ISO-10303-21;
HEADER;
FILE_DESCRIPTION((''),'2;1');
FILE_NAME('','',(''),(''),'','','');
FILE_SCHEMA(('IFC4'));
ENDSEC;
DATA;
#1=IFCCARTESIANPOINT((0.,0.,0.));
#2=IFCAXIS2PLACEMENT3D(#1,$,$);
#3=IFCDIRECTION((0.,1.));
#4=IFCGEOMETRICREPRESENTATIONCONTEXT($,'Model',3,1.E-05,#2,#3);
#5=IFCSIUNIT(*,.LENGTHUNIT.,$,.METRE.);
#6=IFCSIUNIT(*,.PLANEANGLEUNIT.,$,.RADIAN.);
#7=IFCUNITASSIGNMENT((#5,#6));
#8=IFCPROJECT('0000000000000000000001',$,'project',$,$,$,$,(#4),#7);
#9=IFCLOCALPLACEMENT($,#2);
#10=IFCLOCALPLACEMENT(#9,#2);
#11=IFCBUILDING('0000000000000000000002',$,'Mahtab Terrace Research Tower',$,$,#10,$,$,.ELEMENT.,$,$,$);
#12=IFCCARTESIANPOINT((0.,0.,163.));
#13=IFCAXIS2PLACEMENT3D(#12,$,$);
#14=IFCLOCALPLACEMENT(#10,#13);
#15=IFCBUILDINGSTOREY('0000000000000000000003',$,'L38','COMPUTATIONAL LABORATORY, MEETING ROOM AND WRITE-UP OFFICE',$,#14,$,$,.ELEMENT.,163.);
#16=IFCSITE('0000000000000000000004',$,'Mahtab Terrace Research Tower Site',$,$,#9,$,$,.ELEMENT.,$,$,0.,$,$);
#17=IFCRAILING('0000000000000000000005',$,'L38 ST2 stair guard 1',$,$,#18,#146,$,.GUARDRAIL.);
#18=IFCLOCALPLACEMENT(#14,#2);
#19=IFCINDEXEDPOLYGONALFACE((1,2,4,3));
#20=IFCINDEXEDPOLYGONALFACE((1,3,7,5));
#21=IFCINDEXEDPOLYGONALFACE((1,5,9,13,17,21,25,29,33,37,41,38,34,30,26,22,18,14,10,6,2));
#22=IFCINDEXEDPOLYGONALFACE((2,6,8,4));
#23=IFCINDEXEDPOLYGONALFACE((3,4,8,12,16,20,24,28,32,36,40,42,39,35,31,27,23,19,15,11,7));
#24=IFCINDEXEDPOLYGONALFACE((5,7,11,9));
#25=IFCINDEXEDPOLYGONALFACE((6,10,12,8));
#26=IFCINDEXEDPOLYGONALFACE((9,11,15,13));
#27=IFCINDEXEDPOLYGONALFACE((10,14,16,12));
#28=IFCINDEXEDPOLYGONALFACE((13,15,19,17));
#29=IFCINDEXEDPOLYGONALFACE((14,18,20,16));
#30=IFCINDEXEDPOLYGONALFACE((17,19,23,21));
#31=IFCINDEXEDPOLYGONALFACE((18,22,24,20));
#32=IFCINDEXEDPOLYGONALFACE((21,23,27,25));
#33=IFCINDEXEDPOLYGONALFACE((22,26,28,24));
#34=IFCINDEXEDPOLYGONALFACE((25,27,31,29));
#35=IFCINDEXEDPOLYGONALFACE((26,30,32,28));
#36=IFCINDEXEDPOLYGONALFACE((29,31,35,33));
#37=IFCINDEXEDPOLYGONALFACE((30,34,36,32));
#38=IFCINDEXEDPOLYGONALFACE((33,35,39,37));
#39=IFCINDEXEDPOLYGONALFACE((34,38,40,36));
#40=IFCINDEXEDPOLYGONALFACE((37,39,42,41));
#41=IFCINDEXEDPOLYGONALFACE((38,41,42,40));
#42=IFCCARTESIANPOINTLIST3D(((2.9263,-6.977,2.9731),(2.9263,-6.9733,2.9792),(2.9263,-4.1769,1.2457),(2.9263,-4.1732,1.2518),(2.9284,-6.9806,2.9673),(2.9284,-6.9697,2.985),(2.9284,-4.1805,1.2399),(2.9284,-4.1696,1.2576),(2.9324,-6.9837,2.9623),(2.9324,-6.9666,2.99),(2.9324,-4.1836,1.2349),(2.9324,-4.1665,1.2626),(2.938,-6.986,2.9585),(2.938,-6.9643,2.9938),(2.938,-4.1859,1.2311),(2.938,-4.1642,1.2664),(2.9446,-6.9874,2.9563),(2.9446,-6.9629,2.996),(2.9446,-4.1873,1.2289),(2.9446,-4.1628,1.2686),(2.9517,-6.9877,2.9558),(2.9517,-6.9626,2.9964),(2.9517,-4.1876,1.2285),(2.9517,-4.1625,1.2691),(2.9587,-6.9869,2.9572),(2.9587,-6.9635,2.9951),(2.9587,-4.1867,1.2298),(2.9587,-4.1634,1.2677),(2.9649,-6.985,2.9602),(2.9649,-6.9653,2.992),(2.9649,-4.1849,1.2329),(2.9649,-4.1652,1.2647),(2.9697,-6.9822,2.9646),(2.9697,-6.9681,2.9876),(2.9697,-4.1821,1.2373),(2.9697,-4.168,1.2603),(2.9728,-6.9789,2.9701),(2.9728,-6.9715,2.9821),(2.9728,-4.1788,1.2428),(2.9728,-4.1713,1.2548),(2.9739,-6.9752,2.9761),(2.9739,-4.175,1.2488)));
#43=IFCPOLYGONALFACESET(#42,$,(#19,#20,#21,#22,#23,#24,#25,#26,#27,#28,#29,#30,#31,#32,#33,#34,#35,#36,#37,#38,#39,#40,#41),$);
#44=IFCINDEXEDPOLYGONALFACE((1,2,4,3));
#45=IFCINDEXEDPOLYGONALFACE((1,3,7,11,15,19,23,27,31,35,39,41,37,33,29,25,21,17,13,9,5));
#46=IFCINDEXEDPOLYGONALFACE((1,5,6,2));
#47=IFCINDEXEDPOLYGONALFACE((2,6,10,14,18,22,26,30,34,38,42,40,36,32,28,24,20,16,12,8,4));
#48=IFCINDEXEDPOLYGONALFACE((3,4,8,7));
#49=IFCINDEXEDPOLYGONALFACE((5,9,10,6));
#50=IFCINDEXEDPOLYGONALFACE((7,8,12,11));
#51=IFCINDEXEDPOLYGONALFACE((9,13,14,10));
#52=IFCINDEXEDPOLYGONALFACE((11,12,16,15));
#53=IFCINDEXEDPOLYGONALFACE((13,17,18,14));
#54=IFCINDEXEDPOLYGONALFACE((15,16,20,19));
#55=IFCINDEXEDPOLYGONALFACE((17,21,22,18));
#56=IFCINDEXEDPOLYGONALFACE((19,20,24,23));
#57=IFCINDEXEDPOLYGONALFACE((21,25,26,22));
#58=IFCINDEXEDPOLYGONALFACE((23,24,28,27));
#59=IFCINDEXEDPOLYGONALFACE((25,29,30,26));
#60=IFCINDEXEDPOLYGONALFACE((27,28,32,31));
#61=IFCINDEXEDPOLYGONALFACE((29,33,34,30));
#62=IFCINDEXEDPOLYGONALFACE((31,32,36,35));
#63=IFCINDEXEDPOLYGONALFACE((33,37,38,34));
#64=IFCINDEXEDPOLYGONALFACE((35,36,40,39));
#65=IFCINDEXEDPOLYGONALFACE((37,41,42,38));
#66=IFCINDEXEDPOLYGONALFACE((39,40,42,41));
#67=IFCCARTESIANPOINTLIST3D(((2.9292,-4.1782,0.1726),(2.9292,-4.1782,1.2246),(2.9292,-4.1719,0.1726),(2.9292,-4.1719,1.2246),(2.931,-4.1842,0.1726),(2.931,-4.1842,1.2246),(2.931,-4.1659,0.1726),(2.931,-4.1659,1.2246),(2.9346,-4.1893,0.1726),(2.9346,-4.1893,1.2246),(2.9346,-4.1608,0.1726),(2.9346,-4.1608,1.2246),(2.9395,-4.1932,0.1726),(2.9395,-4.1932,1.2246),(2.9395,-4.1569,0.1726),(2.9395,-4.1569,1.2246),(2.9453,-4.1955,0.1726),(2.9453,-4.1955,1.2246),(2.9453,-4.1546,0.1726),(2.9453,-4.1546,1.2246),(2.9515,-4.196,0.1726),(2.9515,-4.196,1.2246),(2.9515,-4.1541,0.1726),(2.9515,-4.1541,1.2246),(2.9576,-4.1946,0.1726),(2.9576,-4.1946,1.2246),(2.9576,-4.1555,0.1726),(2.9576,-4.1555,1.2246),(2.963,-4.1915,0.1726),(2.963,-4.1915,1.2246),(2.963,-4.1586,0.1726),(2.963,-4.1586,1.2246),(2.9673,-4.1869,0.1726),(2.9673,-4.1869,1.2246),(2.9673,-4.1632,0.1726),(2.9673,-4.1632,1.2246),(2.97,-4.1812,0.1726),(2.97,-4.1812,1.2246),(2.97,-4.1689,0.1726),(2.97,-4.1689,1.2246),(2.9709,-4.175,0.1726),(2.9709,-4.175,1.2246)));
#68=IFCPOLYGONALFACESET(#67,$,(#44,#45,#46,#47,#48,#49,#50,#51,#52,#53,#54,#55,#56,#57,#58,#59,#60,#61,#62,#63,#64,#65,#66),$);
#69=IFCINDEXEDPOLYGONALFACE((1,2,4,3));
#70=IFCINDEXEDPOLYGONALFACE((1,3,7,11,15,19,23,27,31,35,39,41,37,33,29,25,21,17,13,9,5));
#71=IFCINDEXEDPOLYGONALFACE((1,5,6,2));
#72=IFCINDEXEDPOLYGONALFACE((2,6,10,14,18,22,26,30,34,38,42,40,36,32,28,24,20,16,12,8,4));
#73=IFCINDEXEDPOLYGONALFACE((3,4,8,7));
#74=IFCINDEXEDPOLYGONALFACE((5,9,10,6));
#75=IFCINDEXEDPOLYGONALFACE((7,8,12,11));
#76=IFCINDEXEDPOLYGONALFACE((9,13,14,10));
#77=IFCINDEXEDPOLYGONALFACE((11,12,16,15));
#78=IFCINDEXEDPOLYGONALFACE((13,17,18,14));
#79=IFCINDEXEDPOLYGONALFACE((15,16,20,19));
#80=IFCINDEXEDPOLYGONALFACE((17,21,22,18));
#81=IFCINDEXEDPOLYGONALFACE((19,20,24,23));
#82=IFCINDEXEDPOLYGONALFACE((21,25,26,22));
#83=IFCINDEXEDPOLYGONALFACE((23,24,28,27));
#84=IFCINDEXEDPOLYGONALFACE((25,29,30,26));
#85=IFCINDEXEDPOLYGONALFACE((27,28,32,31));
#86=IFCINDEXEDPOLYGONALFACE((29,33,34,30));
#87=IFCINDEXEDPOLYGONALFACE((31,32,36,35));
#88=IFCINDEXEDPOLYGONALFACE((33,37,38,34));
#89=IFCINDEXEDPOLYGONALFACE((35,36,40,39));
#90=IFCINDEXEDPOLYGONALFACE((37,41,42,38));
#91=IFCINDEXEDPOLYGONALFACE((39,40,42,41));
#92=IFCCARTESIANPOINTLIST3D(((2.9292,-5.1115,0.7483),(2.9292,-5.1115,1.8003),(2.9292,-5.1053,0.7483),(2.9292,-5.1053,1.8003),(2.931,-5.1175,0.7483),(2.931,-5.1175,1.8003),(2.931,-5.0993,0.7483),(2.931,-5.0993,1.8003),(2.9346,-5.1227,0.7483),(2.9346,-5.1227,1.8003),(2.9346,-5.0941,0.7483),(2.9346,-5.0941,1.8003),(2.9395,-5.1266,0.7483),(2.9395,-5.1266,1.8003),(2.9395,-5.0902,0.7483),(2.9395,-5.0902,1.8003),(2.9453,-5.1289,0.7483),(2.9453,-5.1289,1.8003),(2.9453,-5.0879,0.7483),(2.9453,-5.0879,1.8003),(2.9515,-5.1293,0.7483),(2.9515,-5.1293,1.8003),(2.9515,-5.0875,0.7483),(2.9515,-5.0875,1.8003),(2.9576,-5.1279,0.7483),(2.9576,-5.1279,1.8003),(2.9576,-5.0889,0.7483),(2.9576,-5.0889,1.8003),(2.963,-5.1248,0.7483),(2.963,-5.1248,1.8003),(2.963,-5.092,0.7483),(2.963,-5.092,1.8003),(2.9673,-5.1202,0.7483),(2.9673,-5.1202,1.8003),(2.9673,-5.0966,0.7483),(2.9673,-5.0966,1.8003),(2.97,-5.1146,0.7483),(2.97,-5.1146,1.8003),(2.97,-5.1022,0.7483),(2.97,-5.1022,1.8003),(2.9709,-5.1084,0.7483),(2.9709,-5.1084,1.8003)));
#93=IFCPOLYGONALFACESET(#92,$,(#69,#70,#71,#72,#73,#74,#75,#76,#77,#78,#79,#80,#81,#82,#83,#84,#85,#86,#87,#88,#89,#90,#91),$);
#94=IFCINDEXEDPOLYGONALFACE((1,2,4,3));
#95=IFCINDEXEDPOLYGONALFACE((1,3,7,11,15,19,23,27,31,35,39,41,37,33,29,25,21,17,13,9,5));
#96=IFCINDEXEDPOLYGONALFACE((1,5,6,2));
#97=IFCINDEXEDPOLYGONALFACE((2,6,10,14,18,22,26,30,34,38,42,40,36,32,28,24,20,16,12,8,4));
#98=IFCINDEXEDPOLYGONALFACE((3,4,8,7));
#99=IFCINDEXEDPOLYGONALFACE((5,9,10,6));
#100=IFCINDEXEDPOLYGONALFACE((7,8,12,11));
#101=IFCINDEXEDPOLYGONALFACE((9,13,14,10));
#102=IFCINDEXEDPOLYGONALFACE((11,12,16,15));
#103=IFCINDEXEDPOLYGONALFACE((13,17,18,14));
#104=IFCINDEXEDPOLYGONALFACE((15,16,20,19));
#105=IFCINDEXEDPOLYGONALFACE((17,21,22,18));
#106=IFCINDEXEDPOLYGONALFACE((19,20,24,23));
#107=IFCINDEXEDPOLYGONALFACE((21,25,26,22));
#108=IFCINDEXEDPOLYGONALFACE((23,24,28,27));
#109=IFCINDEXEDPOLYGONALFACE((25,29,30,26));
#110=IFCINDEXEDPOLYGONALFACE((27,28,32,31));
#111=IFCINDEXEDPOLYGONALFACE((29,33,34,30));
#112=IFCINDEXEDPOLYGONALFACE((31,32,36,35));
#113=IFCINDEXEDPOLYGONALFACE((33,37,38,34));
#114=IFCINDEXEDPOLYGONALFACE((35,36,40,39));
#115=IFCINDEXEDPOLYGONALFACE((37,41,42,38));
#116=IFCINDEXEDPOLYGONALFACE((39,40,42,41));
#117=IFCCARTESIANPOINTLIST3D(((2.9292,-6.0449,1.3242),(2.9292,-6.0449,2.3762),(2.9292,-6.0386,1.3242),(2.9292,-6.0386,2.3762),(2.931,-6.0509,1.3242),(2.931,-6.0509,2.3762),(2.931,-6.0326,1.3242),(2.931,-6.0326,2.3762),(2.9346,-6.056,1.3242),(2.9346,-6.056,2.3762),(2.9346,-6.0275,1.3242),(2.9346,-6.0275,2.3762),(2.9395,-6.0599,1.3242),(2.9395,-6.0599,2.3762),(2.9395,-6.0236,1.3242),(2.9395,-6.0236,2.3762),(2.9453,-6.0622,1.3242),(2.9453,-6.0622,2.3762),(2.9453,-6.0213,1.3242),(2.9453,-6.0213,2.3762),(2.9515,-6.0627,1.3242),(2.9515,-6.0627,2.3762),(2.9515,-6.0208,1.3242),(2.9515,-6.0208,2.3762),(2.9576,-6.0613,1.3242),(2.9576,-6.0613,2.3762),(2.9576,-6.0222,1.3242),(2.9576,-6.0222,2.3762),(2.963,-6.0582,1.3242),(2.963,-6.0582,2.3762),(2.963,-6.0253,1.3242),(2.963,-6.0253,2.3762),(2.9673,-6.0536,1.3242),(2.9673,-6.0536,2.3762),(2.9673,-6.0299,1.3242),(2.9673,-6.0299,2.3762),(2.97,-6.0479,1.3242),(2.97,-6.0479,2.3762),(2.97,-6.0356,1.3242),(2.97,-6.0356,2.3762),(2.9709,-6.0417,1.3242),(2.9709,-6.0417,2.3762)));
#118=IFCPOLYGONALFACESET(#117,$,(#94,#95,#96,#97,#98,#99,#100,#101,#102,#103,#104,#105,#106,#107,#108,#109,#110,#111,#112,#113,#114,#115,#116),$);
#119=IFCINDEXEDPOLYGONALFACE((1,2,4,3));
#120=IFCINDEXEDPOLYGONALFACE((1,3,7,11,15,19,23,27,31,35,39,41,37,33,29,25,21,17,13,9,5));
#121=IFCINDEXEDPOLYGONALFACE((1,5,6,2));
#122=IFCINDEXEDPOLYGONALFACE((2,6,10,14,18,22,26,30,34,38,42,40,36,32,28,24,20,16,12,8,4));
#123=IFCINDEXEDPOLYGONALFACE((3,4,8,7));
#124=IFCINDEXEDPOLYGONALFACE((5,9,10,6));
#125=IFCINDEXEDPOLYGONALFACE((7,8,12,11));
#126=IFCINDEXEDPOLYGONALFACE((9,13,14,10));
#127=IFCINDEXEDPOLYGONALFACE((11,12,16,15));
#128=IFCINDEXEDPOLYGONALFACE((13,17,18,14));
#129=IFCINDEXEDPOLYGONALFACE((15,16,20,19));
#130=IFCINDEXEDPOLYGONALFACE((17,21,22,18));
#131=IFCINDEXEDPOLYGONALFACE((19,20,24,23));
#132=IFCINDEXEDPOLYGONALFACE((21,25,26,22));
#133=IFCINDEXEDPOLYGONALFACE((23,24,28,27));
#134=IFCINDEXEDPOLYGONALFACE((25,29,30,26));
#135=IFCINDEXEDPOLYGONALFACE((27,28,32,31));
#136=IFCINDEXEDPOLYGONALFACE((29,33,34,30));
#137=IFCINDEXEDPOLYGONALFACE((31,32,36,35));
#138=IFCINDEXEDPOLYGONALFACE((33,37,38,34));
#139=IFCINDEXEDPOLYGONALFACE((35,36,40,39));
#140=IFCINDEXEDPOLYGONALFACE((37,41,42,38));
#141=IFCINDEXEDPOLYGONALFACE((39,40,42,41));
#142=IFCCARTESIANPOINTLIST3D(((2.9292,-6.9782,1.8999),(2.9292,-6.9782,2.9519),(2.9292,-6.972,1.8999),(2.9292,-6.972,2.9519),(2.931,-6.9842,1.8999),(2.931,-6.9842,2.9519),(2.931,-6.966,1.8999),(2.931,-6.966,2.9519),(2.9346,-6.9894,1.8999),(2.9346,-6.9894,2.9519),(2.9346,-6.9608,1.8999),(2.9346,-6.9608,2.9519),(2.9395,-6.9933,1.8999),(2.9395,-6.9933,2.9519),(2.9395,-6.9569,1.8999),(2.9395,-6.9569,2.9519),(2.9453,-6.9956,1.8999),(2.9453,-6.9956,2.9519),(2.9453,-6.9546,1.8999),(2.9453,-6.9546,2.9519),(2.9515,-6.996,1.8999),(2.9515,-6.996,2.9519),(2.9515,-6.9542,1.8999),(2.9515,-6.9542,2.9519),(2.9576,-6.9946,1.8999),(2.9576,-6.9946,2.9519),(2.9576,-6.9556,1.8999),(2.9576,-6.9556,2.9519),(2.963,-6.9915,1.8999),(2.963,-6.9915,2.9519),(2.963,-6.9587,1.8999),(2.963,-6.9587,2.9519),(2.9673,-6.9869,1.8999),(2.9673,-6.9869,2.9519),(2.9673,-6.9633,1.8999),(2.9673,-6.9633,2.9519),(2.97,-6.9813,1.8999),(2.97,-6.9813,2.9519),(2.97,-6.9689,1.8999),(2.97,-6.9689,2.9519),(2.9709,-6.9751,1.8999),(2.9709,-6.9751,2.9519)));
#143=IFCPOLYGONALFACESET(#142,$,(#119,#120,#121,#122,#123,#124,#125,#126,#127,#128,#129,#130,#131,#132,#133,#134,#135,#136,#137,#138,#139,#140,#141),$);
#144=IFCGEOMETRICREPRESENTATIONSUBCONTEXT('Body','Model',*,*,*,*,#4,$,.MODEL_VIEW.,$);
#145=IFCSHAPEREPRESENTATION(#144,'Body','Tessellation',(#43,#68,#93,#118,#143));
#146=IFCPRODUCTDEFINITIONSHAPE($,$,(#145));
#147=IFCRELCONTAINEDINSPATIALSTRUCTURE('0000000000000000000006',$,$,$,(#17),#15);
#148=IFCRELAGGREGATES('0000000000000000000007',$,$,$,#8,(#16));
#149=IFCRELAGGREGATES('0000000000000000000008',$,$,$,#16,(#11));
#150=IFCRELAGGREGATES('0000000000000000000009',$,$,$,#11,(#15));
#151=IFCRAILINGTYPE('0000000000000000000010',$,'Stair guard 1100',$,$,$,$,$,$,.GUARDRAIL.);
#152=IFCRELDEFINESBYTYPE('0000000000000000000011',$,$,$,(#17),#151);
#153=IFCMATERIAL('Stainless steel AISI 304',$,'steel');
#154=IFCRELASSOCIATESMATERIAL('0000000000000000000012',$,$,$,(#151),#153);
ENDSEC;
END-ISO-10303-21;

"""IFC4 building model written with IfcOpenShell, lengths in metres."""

from ifc_helpers import new_model, si_unit, direction, frame, origin, origin_2d, place, context, subcontext, project, spatial, circle, extrude, material, type_object, element, save


model = new_model("IFC4")

# Units and contexts
model_context = context("Model", 3, precision=1e-05, world=origin(), true_north=direction((0.0, 1.0)))
body_context = subcontext(model_context, "Body", "Model", "MODEL_VIEW")
ifc_project = project(units=[si_unit("LENGTHUNIT", "METRE"), si_unit("PLANEANGLEUNIT", "RADIAN")], contexts=[model_context])

# Site, building, storey
site_placement = place(None, origin())
site = spatial("IfcSite", under=ifc_project, at=site_placement, Name="Mahtab Terrace Research Tower Site", CompositionType="ELEMENT", RefElevation=0.0)
building_placement = place(site_placement, origin())
building = spatial("IfcBuilding", under=site, at=building_placement, Name="Mahtab Terrace Research Tower", CompositionType="ELEMENT")
storey_placement = place(building_placement, frame((0.0, 0.0, 163.0)))
storey = spatial("IfcBuildingStorey", under=building, at=storey_placement, Name="L38", Description="COMPUTATIONAL LABORATORY, MEETING ROOM AND WRITE-UP OFFICE", CompositionType="ELEMENT", Elevation=163.0)

# Railing
ifc_material_1 = material(Name="Stainless steel AISI 304", Category="steel")
railing_type_1 = type_object("IfcRailingType", Name="Stair guard 1100", PredefinedType="GUARDRAIL", material=ifc_material_1)
railing_1_placement = place(storey_placement, frame((2.95, -4.175, 0.1726)))
element("IfcRailing", 1, at=railing_1_placement, inside=storey, type_object=railing_type_1, Name="L38 ST2 stair guard 1", PredefinedType="GUARDRAIL", context=body_context, shape_type="SweptSolid", body=[
    extrude(circle(Radius=0.0239, at=origin_2d()), frame((0.0, 0.0, 1.0762), z_axis=(0.0, -0.85109, 0.52502), x_axis=(1.0, 0.0, 0.0)), (0.0, 0.0, 1.0), 3.29),
    extrude(circle(Radius=0.021, at=origin_2d()), origin(), (0.0, 0.0, 1.0), 1.052),
    extrude(circle(Radius=0.021, at=origin_2d()), frame((0.0, -0.9333, 0.5757)), (0.0, 0.0, 1.0), 1.052),
    extrude(circle(Radius=0.021, at=origin_2d()), frame((0.0, -1.8667, 1.1516)), (0.0, 0.0, 1.0), 1.052),
    extrude(circle(Radius=0.021, at=origin_2d()), frame((0.0, -2.8, 1.7273)), (0.0, 0.0, 1.0), 1.052),
])

save(model, "model.ifc")
